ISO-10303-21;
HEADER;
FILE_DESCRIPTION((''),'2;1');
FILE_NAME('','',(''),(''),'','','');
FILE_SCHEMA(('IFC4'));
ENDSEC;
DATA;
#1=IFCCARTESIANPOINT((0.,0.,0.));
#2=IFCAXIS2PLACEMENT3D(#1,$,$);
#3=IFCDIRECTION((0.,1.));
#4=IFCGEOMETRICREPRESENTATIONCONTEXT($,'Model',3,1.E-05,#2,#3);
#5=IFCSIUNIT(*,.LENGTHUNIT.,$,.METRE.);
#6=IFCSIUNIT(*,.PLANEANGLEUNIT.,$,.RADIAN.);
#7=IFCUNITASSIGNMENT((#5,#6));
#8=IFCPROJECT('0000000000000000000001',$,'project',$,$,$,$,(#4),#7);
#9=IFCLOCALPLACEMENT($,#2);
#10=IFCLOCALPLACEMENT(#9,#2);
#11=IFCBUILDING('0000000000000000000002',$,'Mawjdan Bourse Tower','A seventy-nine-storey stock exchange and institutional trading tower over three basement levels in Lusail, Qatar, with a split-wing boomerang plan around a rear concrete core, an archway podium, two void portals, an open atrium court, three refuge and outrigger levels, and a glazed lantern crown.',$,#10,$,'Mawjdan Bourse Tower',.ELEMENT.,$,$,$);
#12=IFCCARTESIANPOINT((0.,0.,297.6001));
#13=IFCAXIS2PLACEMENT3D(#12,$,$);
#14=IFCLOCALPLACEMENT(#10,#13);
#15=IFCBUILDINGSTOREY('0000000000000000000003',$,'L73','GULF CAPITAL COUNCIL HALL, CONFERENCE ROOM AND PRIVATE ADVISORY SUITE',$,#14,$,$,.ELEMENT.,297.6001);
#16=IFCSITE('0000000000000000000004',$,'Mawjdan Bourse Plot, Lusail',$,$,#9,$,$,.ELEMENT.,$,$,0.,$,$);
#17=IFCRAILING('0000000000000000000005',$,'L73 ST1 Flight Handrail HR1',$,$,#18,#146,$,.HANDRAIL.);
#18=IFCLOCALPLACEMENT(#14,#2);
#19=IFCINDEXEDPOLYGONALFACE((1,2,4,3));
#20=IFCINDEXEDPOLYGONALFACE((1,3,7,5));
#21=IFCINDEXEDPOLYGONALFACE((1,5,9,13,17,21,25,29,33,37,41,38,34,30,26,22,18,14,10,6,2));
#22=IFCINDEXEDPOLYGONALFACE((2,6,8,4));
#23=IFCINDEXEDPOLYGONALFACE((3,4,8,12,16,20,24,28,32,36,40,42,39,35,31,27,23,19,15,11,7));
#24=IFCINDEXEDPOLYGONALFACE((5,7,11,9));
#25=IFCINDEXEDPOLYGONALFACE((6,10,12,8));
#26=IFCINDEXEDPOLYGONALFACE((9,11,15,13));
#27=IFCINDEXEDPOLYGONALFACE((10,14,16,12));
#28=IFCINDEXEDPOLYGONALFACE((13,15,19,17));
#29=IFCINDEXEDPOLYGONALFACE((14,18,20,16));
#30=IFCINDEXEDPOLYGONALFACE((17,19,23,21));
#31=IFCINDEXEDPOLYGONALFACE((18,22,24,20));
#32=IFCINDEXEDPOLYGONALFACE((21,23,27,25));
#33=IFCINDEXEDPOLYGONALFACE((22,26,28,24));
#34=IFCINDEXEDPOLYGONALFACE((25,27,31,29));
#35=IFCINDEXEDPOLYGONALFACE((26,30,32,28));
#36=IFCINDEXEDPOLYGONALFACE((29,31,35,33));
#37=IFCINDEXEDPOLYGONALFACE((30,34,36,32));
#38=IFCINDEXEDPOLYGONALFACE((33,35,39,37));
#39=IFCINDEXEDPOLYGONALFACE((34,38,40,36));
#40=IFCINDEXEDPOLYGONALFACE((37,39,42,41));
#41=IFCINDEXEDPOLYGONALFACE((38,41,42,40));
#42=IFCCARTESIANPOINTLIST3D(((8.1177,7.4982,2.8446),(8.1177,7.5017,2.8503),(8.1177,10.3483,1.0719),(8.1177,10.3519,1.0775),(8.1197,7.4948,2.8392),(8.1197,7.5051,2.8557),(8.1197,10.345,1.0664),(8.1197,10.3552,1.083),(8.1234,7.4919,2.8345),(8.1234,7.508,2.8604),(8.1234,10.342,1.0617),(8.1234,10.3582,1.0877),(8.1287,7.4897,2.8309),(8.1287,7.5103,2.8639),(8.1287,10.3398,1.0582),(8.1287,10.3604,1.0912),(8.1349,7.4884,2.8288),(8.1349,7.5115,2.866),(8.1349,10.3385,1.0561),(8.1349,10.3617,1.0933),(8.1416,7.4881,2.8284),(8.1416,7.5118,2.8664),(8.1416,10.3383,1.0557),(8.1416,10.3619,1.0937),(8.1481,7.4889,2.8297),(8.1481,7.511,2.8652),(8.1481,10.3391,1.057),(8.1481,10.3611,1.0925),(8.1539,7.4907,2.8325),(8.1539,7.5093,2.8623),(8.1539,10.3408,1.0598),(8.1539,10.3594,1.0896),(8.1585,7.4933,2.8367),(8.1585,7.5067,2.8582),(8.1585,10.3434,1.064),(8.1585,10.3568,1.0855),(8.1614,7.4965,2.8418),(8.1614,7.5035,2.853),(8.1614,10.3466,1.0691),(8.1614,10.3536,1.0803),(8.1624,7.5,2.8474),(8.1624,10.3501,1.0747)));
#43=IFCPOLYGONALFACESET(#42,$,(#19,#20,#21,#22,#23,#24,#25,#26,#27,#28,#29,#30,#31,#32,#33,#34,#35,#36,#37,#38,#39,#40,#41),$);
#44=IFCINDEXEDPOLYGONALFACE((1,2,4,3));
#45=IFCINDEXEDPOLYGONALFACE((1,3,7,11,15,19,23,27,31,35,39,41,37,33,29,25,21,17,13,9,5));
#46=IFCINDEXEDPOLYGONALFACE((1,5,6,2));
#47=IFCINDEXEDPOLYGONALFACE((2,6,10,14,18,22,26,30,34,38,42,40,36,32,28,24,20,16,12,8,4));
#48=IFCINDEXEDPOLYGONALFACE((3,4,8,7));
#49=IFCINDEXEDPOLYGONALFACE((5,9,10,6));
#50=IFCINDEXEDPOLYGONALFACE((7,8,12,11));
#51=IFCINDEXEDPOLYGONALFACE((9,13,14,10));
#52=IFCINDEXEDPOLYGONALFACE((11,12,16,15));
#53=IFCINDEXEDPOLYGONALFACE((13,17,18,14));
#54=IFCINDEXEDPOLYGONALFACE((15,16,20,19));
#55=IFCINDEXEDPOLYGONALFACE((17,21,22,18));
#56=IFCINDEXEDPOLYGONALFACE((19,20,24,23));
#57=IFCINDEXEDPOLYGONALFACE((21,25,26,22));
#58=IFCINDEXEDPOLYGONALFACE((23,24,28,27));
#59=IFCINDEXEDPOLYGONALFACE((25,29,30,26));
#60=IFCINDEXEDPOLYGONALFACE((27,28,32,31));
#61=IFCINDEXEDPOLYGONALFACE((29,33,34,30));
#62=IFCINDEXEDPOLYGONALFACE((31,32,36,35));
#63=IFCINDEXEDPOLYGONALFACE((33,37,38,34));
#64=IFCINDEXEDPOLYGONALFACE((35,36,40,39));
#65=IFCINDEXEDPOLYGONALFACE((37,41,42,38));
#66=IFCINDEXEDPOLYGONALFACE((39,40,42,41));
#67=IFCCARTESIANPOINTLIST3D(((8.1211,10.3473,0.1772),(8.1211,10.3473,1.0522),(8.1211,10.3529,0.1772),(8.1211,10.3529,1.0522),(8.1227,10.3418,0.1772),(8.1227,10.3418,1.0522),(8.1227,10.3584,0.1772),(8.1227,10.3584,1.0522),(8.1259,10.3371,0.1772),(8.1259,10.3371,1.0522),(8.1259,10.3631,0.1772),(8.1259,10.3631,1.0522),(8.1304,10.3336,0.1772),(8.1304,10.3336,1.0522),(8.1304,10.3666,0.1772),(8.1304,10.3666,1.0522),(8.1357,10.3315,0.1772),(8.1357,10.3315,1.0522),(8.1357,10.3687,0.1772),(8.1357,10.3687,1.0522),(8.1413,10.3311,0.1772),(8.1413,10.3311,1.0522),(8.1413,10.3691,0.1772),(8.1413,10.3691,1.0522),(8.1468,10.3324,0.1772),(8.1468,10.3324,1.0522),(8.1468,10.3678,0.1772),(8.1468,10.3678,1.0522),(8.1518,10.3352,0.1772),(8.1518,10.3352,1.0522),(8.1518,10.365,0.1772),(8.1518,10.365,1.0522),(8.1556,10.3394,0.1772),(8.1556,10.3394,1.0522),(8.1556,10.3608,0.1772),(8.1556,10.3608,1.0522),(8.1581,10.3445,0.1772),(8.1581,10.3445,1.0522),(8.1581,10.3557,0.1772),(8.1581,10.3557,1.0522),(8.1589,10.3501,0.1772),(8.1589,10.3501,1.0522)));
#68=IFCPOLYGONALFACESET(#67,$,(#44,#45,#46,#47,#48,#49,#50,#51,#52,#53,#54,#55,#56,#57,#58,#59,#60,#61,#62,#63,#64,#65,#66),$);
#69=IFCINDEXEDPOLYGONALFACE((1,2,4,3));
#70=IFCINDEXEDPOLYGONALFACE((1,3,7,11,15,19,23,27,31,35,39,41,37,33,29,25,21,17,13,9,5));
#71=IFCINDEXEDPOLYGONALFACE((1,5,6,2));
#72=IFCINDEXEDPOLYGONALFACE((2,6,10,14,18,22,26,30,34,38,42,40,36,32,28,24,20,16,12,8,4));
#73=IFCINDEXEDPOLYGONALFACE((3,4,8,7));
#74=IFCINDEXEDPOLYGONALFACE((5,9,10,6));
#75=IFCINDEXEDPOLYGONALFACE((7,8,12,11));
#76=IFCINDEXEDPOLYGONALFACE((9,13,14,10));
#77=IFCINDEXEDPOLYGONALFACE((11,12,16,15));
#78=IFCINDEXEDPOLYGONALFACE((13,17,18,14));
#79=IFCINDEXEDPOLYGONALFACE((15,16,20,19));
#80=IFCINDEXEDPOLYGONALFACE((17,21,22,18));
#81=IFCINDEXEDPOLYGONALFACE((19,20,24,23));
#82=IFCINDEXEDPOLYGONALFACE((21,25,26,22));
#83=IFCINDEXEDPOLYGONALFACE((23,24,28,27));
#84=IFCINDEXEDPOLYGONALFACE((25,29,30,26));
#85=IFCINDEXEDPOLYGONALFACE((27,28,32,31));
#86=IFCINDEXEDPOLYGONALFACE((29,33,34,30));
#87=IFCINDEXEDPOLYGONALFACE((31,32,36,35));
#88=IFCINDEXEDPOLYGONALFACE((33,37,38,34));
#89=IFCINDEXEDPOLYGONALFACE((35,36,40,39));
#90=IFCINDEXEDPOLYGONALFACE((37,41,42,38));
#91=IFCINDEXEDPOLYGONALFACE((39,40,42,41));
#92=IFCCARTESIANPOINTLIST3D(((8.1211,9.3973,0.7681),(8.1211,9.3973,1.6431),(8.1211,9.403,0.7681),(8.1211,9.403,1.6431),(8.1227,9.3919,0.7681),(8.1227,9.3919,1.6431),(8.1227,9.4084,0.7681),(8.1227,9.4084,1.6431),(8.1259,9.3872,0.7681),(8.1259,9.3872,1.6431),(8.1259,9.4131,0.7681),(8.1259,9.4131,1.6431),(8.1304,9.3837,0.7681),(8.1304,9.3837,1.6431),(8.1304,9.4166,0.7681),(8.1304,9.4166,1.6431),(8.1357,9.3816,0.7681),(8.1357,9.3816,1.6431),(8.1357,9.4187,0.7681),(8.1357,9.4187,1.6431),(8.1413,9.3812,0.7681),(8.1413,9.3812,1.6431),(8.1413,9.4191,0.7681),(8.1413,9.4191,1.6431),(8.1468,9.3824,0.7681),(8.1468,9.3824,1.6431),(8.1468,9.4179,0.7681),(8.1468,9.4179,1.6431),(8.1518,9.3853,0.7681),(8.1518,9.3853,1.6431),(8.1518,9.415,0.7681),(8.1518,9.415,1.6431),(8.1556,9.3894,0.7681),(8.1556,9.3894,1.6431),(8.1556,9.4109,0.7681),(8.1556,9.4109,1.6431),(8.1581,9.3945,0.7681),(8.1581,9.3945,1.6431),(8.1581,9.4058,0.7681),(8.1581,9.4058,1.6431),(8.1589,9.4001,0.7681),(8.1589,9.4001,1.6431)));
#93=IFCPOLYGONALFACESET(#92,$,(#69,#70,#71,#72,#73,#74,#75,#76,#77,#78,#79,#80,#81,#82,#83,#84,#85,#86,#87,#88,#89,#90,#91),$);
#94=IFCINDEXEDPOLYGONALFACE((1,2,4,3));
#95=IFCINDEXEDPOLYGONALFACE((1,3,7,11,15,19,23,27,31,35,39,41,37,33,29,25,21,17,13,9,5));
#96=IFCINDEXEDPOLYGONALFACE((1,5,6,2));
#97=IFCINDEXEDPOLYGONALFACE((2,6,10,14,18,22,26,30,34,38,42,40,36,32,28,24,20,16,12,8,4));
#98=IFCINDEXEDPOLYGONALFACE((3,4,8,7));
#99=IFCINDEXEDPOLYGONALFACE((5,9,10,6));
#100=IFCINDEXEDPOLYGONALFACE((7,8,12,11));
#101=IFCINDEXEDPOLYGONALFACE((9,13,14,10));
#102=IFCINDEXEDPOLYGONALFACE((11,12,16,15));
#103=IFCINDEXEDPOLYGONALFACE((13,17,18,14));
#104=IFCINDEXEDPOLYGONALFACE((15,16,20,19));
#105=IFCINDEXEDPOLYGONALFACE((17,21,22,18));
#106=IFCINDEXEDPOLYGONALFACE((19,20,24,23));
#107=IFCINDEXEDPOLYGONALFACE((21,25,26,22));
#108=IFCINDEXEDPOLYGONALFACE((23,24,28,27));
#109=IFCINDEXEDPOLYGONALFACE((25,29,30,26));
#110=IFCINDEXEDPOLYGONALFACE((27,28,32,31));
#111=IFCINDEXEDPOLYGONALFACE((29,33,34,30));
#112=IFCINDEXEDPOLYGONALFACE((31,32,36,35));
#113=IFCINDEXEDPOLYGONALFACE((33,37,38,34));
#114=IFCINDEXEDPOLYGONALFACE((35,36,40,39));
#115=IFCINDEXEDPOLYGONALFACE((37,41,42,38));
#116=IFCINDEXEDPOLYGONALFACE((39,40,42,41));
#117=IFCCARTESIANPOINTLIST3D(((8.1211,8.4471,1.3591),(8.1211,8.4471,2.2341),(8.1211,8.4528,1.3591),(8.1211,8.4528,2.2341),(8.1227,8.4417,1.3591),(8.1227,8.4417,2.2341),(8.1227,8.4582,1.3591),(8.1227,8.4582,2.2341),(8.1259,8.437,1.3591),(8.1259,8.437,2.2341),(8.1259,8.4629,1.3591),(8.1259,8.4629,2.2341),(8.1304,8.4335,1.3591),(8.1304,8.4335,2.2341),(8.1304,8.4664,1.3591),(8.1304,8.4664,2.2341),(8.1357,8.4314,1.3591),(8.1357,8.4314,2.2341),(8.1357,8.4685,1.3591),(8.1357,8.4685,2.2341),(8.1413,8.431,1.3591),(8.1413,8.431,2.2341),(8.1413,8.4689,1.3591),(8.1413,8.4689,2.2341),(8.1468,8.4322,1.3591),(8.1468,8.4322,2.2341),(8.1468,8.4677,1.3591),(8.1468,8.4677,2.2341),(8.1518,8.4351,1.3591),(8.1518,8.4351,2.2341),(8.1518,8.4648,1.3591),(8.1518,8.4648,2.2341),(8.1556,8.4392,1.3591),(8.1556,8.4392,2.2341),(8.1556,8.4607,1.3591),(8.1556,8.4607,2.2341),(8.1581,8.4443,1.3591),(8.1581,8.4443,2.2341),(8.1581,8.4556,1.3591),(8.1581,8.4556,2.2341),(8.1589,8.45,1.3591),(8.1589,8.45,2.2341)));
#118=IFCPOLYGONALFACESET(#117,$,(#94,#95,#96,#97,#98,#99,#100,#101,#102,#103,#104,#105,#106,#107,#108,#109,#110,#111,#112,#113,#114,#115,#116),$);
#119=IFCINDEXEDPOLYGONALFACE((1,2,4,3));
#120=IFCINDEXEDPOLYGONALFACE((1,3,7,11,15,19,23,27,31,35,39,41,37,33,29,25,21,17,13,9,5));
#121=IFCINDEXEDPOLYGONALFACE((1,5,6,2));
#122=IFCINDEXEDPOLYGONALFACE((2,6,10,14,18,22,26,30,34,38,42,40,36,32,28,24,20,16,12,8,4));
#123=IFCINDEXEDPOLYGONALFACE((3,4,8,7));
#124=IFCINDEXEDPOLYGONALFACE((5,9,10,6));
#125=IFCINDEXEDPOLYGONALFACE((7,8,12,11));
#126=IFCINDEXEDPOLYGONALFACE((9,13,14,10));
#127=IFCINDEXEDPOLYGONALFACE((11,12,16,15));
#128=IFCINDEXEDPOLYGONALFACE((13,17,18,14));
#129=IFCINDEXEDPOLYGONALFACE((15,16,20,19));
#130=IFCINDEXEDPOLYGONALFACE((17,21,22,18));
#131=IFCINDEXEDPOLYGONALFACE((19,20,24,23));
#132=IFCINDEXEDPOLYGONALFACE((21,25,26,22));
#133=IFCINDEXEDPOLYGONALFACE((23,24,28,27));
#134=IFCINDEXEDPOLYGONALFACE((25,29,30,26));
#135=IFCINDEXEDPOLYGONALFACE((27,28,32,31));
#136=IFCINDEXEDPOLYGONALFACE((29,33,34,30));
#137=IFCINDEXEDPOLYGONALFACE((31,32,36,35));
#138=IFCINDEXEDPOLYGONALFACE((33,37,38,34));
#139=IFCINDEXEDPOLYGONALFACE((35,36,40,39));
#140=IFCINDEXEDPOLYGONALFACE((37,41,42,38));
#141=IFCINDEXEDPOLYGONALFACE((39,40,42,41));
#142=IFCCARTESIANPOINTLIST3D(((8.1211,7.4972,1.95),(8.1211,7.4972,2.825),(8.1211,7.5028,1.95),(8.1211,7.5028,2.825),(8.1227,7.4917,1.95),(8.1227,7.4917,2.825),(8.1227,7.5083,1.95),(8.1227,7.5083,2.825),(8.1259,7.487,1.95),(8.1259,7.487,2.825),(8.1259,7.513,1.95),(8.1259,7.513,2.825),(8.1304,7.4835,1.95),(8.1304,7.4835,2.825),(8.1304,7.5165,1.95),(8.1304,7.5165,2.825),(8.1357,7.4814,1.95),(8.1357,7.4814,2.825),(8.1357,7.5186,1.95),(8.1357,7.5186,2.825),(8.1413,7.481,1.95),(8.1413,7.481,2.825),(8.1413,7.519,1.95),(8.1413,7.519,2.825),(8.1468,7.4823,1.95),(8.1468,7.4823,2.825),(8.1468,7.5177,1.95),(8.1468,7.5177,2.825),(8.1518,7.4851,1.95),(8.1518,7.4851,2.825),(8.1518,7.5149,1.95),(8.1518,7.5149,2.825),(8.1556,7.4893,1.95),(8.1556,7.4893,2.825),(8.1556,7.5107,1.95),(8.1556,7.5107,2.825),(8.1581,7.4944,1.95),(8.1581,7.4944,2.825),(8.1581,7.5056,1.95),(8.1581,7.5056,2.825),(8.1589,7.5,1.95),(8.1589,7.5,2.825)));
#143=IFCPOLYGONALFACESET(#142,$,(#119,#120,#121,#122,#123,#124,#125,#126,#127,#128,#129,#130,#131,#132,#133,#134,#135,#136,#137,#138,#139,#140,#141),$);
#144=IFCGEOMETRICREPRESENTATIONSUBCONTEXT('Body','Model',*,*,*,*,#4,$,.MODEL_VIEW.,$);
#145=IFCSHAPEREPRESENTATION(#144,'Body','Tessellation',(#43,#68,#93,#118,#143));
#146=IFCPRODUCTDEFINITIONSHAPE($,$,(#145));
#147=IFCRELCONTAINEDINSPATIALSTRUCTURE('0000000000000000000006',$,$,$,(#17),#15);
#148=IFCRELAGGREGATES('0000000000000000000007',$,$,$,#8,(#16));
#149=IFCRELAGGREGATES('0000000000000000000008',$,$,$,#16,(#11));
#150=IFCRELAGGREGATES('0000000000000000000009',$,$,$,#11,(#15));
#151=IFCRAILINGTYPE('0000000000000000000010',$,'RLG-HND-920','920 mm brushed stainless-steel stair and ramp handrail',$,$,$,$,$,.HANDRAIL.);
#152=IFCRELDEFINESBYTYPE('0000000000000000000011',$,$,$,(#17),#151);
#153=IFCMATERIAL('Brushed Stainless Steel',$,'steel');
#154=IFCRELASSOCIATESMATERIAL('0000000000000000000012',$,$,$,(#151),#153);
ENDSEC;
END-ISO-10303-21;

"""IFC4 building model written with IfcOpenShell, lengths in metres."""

from ifc_helpers import new_model, si_unit, direction, frame, origin, origin_2d, place, context, subcontext, project, spatial, circle, extrude, material, type_object, element, save


model = new_model("IFC4")

# Units and contexts
model_context = context("Model", 3, precision=1e-05, world=origin(), true_north=direction((0.0, 1.0)))
body_context = subcontext(model_context, "Body", "Model", "MODEL_VIEW")
ifc_project = project(units=[si_unit("LENGTHUNIT", "METRE"), si_unit("PLANEANGLEUNIT", "RADIAN")], contexts=[model_context])

# Site, building, storey
site_placement = place(None, origin())
site = spatial("IfcSite", under=ifc_project, at=site_placement, Name="Mawjdan Bourse Plot, Lusail", CompositionType="ELEMENT", RefElevation=0.0)
building_placement = place(site_placement, origin())
building = spatial("IfcBuilding", under=site, at=building_placement, Name="Mawjdan Bourse Tower", Description="A seventy-nine-storey stock exchange and institutional trading tower over three basement levels in Lusail, Qatar, with a split-wing boomerang plan around a rear concrete core, an archway podium, two void portals, an open atrium court, three refuge and outrigger levels, and a glazed lantern crown.", LongName="Mawjdan Bourse Tower", CompositionType="ELEMENT")
storey_placement = place(building_placement, frame((0.0, 0.0, 297.6001)))
storey = spatial("IfcBuildingStorey", under=building, at=storey_placement, Name="L73", Description="GULF CAPITAL COUNCIL HALL, CONFERENCE ROOM AND PRIVATE ADVISORY SUITE", CompositionType="ELEMENT", Elevation=297.6001)

# Railing
ifc_material_1 = material(Name="Brushed Stainless Steel", Category="steel")
railing_type_1 = type_object("IfcRailingType", Name="RLG-HND-920", Description="920 mm brushed stainless-steel stair and ramp handrail", PredefinedType="HANDRAIL", material=ifc_material_1)
for number, where, name in (
    (1, (8.1399, 10.3501, 0.1772), "L73 ST1 Flight Handrail HR1"),
):
    element("IfcRailing", number, at=place(storey_placement, frame(where)), inside=storey, type_object=railing_type_1, Name=name, PredefinedType="HANDRAIL", context=body_context, shape_type="SweptSolid", body=[
        extrude(circle(Radius=0.0225, at=origin_2d()), frame((0.0, 0.0, 0.8975), z_axis=(0.0, -0.849149, 0.528154), x_axis=(1.0, 0.0, 0.0)), (0.0, 0.0, 1.0), 3.3564),
        extrude(circle(Radius=0.019, at=origin_2d()), origin(), (0.0, 0.0, 1.0), 0.875),
        extrude(circle(Radius=0.019, at=origin_2d()), frame((0.0, -0.95, 0.5908)), (0.0, 0.0, 1.0), 0.875),
        extrude(circle(Radius=0.019, at=origin_2d()), frame((0.0, -1.9001, 1.1819)), (0.0, 0.0, 1.0), 0.875),
        extrude(circle(Radius=0.019, at=origin_2d()), frame((0.0, -2.8501, 1.7727)), (0.0, 0.0, 1.0), 0.875),
    ])

save(model, "model.ifc")
